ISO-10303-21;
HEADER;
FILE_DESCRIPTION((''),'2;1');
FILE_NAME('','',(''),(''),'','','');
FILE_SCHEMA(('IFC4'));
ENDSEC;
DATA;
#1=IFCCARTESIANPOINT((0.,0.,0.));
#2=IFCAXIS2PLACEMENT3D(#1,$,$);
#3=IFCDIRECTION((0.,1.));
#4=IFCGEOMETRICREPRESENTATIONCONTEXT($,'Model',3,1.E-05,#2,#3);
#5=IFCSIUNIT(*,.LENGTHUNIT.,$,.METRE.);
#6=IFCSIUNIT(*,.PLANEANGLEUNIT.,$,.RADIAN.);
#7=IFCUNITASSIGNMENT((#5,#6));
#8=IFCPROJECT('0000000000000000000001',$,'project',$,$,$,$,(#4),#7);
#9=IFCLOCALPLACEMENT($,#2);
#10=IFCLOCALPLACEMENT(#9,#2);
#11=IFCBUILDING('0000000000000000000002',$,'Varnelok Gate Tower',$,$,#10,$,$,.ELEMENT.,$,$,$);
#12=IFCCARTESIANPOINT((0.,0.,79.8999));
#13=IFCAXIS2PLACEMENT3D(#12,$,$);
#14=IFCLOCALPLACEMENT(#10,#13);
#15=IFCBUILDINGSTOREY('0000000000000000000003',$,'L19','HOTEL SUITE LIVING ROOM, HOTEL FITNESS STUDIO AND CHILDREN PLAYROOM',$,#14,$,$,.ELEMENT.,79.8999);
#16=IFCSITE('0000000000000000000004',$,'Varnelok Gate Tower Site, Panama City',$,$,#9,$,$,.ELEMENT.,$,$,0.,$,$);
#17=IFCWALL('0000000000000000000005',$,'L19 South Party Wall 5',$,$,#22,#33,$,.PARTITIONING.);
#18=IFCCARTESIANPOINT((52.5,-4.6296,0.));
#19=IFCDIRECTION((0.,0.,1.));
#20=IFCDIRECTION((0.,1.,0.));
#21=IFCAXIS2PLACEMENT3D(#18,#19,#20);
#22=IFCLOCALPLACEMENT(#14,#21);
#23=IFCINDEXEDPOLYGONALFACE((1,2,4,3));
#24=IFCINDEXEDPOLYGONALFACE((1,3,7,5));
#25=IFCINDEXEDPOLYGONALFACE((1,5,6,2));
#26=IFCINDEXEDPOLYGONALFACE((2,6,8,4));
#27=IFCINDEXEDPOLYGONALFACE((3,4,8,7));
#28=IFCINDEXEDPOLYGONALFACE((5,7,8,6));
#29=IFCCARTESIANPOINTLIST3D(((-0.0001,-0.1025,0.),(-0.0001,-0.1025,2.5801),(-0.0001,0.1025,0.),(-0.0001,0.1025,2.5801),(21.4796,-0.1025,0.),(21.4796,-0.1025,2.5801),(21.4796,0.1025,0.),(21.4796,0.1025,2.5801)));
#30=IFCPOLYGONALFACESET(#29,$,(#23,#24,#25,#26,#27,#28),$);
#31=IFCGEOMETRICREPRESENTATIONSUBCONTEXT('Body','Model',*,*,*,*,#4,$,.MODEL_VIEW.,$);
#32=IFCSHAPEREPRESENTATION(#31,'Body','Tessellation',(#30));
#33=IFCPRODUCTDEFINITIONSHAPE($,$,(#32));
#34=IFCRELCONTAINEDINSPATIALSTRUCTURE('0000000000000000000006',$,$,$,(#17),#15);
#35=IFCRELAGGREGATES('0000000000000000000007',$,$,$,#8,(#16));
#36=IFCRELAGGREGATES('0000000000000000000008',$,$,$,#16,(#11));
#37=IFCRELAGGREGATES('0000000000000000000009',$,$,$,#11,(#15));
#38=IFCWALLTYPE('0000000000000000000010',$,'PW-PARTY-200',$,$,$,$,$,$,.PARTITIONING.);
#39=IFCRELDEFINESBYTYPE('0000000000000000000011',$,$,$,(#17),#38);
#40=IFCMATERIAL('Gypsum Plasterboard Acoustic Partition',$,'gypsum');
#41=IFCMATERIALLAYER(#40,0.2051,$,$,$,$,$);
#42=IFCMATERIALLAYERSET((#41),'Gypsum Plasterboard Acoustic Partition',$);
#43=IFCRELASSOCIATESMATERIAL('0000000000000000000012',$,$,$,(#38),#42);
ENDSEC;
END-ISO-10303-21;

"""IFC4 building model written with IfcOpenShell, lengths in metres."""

from ifc_helpers import new_model, si_unit, direction, frame, frame_2d, origin, place, context, subcontext, project, spatial, rectangle, extrude, material, layer, layer_set, type_object, element, save


model = new_model("IFC4")

# Units and contexts
model_context = context("Model", 3, precision=1e-05, world=origin(), true_north=direction((0.0, 1.0)))
body_context = subcontext(model_context, "Body", "Model", "MODEL_VIEW")
ifc_project = project(units=[si_unit("LENGTHUNIT", "METRE"), si_unit("PLANEANGLEUNIT", "RADIAN")], contexts=[model_context])

# Site, building, storey
site_placement = place(None, origin())
site = spatial("IfcSite", under=ifc_project, at=site_placement, Name="Varnelok Gate Tower Site, Panama City", CompositionType="ELEMENT", RefElevation=0.0)
building_placement = place(site_placement, origin())
building = spatial("IfcBuilding", under=site, at=building_placement, Name="Varnelok Gate Tower", CompositionType="ELEMENT")
storey_placement = place(building_placement, frame((0.0, 0.0, 79.8999)))
storey = spatial("IfcBuildingStorey", under=building, at=storey_placement, Name="L19", Description="HOTEL SUITE LIVING ROOM, HOTEL FITNESS STUDIO AND CHILDREN PLAYROOM", CompositionType="ELEMENT", Elevation=79.8999)

# Shared definitions
ifc_material_1 = material(Name="Gypsum Plasterboard Acoustic Partition", Category="gypsum")

# Wall
ifc_layer_1 = layer(ifc_material_1, 0.2051)
ifc_layer_set_1 = layer_set([ifc_layer_1], Name="Gypsum Plasterboard Acoustic Partition")
wall_type_1 = type_object("IfcWallType", Name="PW-PARTY-200", PredefinedType="PARTITIONING", material=ifc_layer_set_1)
wall_1_placement = place(storey_placement, frame((52.5, -4.6296, 0.0), z_axis=(0.0, 0.0, 1.0), x_axis=(0.0, 1.0, 0.0)))
element("IfcWall", 1, at=wall_1_placement, inside=storey, type_object=wall_type_1, Name="L19 South Party Wall 5", PredefinedType="PARTITIONING", context=body_context, shape_type="SweptSolid", body=[
    extrude(rectangle(XDim=21.4797, YDim=0.2051, at=frame_2d((10.7397, 0.0))), origin(), (0.0, 0.0, 1.0), 2.5801),
])

save(model, "model.ifc")
